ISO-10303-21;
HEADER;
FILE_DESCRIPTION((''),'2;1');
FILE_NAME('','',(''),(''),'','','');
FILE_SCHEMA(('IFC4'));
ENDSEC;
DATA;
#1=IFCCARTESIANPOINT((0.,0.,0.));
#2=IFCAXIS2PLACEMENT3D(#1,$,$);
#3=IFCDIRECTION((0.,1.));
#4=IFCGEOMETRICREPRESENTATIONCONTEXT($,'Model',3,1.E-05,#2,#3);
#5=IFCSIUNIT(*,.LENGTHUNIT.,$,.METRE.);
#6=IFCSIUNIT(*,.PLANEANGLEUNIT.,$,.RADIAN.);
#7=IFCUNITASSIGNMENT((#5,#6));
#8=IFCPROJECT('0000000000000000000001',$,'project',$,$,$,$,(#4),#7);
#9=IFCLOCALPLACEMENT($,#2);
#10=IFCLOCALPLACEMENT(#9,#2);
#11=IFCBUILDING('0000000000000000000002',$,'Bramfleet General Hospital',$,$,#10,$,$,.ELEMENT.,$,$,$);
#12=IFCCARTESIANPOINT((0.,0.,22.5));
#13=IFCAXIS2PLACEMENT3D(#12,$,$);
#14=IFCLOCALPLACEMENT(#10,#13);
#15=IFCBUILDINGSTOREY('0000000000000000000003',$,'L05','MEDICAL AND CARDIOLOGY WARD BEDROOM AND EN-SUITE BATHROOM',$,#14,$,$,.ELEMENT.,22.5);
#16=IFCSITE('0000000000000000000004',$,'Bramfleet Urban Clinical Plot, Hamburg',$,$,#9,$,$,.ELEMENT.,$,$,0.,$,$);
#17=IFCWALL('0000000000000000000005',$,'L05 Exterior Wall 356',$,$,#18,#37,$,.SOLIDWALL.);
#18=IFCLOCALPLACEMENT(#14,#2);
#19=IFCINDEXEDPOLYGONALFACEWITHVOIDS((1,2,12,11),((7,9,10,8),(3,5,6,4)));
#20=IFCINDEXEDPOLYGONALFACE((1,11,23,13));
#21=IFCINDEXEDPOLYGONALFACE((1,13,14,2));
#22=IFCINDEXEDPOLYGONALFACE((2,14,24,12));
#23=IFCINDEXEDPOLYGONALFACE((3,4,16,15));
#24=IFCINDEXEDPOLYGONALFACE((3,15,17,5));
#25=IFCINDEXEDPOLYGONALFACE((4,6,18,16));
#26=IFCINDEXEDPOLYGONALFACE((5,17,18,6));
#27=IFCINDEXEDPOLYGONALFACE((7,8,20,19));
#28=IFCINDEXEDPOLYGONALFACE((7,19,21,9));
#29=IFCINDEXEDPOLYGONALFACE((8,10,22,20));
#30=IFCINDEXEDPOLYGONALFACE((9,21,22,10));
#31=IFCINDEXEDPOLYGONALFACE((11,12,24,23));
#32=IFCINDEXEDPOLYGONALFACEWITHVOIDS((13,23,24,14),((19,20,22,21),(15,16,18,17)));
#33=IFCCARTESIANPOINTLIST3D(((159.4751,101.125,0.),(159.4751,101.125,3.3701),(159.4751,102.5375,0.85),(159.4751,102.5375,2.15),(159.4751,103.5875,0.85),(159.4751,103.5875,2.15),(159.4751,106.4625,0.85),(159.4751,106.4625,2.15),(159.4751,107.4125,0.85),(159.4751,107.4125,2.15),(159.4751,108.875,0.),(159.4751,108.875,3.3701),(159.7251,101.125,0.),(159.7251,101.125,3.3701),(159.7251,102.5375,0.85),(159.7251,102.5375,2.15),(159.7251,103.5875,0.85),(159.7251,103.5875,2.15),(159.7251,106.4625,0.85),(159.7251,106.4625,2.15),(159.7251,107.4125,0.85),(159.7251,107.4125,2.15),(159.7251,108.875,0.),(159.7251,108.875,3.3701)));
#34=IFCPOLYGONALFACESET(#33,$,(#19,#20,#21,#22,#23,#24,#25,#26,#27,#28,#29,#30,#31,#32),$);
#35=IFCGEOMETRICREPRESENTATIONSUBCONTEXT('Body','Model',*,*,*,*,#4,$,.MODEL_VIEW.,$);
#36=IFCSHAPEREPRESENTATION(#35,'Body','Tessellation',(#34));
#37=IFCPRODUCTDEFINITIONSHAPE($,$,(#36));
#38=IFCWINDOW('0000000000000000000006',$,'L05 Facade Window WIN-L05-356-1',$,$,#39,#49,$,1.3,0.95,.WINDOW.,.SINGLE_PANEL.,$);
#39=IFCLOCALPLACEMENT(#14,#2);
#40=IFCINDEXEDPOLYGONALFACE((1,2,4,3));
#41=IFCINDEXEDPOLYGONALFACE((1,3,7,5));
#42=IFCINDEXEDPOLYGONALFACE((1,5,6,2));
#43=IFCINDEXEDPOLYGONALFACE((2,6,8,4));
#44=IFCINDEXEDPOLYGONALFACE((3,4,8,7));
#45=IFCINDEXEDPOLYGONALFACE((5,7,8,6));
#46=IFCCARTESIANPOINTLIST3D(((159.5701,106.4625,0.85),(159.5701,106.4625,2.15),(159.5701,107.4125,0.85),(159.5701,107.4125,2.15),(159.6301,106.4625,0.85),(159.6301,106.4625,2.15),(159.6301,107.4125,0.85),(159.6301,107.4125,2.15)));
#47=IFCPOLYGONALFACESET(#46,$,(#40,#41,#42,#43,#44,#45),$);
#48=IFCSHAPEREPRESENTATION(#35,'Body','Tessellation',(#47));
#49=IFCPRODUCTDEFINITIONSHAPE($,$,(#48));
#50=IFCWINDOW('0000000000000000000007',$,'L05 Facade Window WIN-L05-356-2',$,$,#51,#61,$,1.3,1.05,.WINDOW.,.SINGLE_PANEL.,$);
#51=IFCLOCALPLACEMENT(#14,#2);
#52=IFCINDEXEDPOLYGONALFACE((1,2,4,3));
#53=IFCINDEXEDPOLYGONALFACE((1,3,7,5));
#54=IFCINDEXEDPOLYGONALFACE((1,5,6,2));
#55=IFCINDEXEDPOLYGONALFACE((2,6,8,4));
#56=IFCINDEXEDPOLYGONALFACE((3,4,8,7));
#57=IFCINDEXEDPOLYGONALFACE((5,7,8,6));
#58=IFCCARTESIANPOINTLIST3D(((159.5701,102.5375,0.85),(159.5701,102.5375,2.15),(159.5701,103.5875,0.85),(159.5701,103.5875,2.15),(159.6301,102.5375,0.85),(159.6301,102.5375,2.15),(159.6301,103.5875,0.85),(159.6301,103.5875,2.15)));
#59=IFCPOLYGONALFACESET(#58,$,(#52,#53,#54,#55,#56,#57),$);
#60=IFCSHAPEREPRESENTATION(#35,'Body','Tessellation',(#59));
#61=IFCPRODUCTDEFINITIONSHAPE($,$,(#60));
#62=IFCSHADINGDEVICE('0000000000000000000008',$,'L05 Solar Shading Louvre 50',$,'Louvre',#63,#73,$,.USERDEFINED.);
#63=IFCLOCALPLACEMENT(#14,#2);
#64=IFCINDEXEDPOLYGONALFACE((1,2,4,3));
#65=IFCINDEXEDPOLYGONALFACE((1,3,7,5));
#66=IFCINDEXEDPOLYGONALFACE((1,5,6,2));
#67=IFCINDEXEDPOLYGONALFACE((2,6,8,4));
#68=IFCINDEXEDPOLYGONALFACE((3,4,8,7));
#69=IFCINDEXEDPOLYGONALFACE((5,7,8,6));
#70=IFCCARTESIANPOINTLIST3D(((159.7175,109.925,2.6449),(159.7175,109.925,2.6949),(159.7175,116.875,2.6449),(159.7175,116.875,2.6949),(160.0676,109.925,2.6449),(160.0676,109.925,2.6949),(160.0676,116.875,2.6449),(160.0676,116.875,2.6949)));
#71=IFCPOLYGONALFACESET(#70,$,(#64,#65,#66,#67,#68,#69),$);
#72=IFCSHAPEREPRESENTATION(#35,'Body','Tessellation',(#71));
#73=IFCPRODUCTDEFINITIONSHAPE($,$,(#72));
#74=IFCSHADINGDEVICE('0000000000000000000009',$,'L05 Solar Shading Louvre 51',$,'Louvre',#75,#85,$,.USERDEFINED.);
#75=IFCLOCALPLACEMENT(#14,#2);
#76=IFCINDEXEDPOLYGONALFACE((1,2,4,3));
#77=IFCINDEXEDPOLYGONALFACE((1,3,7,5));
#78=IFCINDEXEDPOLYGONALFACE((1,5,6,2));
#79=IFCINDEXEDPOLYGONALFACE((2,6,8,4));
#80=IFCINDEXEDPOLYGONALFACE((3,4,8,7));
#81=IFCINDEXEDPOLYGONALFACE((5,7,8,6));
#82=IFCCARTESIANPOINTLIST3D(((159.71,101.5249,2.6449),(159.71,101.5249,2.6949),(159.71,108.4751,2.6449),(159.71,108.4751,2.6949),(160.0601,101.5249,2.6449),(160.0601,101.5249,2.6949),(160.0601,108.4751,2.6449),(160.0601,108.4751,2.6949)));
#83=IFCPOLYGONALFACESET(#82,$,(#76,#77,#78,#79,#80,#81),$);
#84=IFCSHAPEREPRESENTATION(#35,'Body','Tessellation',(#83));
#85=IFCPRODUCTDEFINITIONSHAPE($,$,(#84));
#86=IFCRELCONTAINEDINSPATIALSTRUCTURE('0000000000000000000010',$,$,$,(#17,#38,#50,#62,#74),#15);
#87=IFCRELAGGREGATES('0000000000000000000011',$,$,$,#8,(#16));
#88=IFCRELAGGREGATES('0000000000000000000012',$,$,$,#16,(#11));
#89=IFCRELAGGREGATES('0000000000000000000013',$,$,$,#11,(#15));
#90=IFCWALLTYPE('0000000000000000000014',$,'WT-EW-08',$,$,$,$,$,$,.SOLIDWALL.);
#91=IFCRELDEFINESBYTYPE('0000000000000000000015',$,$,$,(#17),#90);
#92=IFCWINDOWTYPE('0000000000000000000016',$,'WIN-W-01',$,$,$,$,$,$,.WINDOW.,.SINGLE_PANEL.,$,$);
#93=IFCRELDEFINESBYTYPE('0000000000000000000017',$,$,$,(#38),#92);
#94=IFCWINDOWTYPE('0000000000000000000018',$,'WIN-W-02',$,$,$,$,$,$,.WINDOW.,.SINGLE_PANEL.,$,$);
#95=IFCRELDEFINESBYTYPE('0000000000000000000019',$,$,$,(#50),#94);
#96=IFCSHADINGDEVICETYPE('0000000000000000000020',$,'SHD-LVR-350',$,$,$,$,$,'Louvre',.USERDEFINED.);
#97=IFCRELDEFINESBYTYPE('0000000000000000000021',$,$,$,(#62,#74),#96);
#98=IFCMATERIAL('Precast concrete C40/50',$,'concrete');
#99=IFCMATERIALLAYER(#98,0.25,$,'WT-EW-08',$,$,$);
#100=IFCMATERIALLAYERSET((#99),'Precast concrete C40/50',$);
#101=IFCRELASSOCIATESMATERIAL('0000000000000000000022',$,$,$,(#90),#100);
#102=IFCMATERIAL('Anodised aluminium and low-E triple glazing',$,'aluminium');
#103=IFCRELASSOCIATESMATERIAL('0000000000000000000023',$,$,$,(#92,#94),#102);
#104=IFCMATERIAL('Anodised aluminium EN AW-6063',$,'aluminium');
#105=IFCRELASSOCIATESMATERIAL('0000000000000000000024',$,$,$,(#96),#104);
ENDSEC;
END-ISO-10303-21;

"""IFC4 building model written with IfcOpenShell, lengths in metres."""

from ifc_helpers import new_model, si_unit, direction, frame, frame_2d, origin, origin_2d, place, context, subcontext, project, spatial, rectangle, extrude, material, layer, layer_set, material_profile, profile_set, type_object, element, fill, save


model = new_model("IFC4")

# Units and contexts
model_context = context("Model", 3, precision=1e-05, world=origin(), true_north=direction((0.0, 1.0)))
body_context = subcontext(model_context, "Body", "Model", "MODEL_VIEW")
ifc_project = project(units=[si_unit("LENGTHUNIT", "METRE"), si_unit("PLANEANGLEUNIT", "RADIAN")], contexts=[model_context])

# Site, building, storey
site_placement = place(None, origin())
site = spatial("IfcSite", under=ifc_project, at=site_placement, Name="Bramfleet Urban Clinical Plot, Hamburg", CompositionType="ELEMENT", RefElevation=0.0)
building_placement = place(site_placement, origin())
building = spatial("IfcBuilding", under=site, at=building_placement, Name="Bramfleet General Hospital", CompositionType="ELEMENT")
storey_placement = place(building_placement, frame((0.0, 0.0, 22.5)))
storey = spatial("IfcBuildingStorey", under=building, at=storey_placement, Name="L05", Description="MEDICAL AND CARDIOLOGY WARD BEDROOM AND EN-SUITE BATHROOM", CompositionType="ELEMENT", Elevation=22.5)

# Shared definitions
ifc_material_1 = material(Name="Anodised aluminium and low-E triple glazing", Category="aluminium")

# Shared definitions
ifc_material_2 = material(Name="Precast concrete C40/50", Category="concrete")

# Wall, openings, windows
ifc_layer_1 = layer(ifc_material_2, 0.25, Name="WT-EW-08")
ifc_layer_set_1 = layer_set([ifc_layer_1], Name="Precast concrete C40/50")
wall_type_1 = type_object("IfcWallType", Name="WT-EW-08", PredefinedType="SOLIDWALL", material=ifc_layer_set_1)
wall_1_placement = place(storey_placement, frame((159.6001, 108.875, 0.0), z_axis=(0.0, 0.0, 1.0), x_axis=(0.0, -1.0, 0.0)))
wall_1 = element("IfcWall", 1, at=wall_1_placement, inside=storey, type_object=wall_type_1, Name="L05 Exterior Wall 356", PredefinedType="SOLIDWALL", context=body_context, shape_type="SweptSolid", body=[
    extrude(rectangle(XDim=7.75, YDim=0.25, at=frame_2d((3.875, 0.0))), origin(), (0.0, 0.0, 1.0), 3.3701),
])
opening_1_placement = place(wall_1_placement, frame((1.4624, 0.0, 0.8501)))
opening_1 = element("IfcOpeningElement", 2, at=opening_1_placement, cuts=wall_1, PredefinedType="OPENING", context=body_context, shape_type="SweptSolid", body=[
    extrude(rectangle(XDim=0.95, YDim=1.3, at=frame_2d((0.4751, 0.6499))), frame((0.0, 0.135, 0.0), z_axis=(0.0, -1.0, 0.0), x_axis=(1.0, 0.0, 0.0)), (0.0, 0.0, 1.0), 0.27),
])
opening_2_placement = place(wall_1_placement, frame((5.2876, 0.0, 0.8501)))
opening_2 = element("IfcOpeningElement", 3, at=opening_2_placement, cuts=wall_1, PredefinedType="OPENING", context=body_context, shape_type="SweptSolid", body=[
    extrude(rectangle(XDim=1.05, YDim=1.3, at=frame_2d((0.5249, 0.6499))), frame((0.0, 0.135, 0.0), z_axis=(0.0, -1.0, 0.0), x_axis=(1.0, 0.0, 0.0)), (0.0, 0.0, 1.0), 0.27),
])
window_type_1 = type_object("IfcWindowType", Name="WIN-W-01", PartitioningType="SINGLE_PANEL", PredefinedType="WINDOW", material=ifc_material_1)
window_1_placement = place(opening_1_placement, origin())
window_1 = element("IfcWindow", 4, at=window_1_placement, inside=storey, type_object=window_type_1, Name="L05 Facade Window WIN-L05-356-1", OverallHeight=1.3, OverallWidth=0.95, PartitioningType="SINGLE_PANEL", PredefinedType="WINDOW", context=body_context, shape_type="SweptSolid", body=[
    extrude(rectangle(XDim=0.95, YDim=1.3, at=frame_2d((0.4751, 0.6499))), frame((0.0, 0.03, 0.0), z_axis=(0.0, -1.0, 0.0), x_axis=(1.0, 0.0, 0.0)), (0.0, 0.0, 1.0), 0.0601),
])
fill(opening_1, window_1)
window_type_2 = type_object("IfcWindowType", Name="WIN-W-02", PartitioningType="SINGLE_PANEL", PredefinedType="WINDOW", material=ifc_material_1)
window_2_placement = place(opening_2_placement, origin())
window_2 = element("IfcWindow", 5, at=window_2_placement, inside=storey, type_object=window_type_2, Name="L05 Facade Window WIN-L05-356-2", OverallHeight=1.3, OverallWidth=1.05, PartitioningType="SINGLE_PANEL", PredefinedType="WINDOW", context=body_context, shape_type="SweptSolid", body=[
    extrude(rectangle(XDim=1.05, YDim=1.3, at=frame_2d((0.5249, 0.6499))), frame((0.0, 0.03, 0.0), z_axis=(0.0, -1.0, 0.0), x_axis=(1.0, 0.0, 0.0)), (0.0, 0.0, 1.0), 0.0601),
])
fill(opening_2, window_2)

# Shading devices
ifc_material_3 = material(Name="Anodised aluminium EN AW-6063", Category="aluminium")
ifc_material_profile_1 = material_profile(ifc_material_3, rectangle(XDim=0.05, YDim=0.3501, at=origin_2d()), Name="ALU LOUVRE 350x50")
ifc_profile_set_1 = profile_set([ifc_material_profile_1], Name="Anodised aluminium EN AW-6063")
shading_device_type = type_object("IfcShadingDeviceType", Name="SHD-LVR-350", ElementType="Louvre", PredefinedType="USERDEFINED", material=ifc_profile_set_1)
shading_device_1_placement = place(storey_placement, frame((159.8926, 116.875, 2.6699), z_axis=(0.0, -1.0, 0.0), x_axis=(0.0, 0.0, 1.0)))
element("IfcShadingDevice", 6, at=shading_device_1_placement, inside=storey, type_object=shading_device_type, Name="L05 Solar Shading Louvre 50", ObjectType="Louvre", PredefinedType="USERDEFINED", context=body_context, shape_type="SweptSolid", body=[
    extrude(rectangle(XDim=0.05, YDim=0.3501, at=origin_2d()), origin(), (0.0, 0.0, 1.0), 6.95),
])
shading_device_2_placement = place(storey_placement, frame((159.885, 108.4751, 2.6699), z_axis=(0.0, -1.0, 0.0), x_axis=(0.0, 0.0, 1.0)))
element("IfcShadingDevice", 7, at=shading_device_2_placement, inside=storey, type_object=shading_device_type, Name="L05 Solar Shading Louvre 51", ObjectType="Louvre", PredefinedType="USERDEFINED", context=body_context, shape_type="SweptSolid", body=[
    extrude(rectangle(XDim=0.05, YDim=0.3501, at=origin_2d()), origin(), (0.0, 0.0, 1.0), 6.9502),
])

save(model, "model.ifc")
